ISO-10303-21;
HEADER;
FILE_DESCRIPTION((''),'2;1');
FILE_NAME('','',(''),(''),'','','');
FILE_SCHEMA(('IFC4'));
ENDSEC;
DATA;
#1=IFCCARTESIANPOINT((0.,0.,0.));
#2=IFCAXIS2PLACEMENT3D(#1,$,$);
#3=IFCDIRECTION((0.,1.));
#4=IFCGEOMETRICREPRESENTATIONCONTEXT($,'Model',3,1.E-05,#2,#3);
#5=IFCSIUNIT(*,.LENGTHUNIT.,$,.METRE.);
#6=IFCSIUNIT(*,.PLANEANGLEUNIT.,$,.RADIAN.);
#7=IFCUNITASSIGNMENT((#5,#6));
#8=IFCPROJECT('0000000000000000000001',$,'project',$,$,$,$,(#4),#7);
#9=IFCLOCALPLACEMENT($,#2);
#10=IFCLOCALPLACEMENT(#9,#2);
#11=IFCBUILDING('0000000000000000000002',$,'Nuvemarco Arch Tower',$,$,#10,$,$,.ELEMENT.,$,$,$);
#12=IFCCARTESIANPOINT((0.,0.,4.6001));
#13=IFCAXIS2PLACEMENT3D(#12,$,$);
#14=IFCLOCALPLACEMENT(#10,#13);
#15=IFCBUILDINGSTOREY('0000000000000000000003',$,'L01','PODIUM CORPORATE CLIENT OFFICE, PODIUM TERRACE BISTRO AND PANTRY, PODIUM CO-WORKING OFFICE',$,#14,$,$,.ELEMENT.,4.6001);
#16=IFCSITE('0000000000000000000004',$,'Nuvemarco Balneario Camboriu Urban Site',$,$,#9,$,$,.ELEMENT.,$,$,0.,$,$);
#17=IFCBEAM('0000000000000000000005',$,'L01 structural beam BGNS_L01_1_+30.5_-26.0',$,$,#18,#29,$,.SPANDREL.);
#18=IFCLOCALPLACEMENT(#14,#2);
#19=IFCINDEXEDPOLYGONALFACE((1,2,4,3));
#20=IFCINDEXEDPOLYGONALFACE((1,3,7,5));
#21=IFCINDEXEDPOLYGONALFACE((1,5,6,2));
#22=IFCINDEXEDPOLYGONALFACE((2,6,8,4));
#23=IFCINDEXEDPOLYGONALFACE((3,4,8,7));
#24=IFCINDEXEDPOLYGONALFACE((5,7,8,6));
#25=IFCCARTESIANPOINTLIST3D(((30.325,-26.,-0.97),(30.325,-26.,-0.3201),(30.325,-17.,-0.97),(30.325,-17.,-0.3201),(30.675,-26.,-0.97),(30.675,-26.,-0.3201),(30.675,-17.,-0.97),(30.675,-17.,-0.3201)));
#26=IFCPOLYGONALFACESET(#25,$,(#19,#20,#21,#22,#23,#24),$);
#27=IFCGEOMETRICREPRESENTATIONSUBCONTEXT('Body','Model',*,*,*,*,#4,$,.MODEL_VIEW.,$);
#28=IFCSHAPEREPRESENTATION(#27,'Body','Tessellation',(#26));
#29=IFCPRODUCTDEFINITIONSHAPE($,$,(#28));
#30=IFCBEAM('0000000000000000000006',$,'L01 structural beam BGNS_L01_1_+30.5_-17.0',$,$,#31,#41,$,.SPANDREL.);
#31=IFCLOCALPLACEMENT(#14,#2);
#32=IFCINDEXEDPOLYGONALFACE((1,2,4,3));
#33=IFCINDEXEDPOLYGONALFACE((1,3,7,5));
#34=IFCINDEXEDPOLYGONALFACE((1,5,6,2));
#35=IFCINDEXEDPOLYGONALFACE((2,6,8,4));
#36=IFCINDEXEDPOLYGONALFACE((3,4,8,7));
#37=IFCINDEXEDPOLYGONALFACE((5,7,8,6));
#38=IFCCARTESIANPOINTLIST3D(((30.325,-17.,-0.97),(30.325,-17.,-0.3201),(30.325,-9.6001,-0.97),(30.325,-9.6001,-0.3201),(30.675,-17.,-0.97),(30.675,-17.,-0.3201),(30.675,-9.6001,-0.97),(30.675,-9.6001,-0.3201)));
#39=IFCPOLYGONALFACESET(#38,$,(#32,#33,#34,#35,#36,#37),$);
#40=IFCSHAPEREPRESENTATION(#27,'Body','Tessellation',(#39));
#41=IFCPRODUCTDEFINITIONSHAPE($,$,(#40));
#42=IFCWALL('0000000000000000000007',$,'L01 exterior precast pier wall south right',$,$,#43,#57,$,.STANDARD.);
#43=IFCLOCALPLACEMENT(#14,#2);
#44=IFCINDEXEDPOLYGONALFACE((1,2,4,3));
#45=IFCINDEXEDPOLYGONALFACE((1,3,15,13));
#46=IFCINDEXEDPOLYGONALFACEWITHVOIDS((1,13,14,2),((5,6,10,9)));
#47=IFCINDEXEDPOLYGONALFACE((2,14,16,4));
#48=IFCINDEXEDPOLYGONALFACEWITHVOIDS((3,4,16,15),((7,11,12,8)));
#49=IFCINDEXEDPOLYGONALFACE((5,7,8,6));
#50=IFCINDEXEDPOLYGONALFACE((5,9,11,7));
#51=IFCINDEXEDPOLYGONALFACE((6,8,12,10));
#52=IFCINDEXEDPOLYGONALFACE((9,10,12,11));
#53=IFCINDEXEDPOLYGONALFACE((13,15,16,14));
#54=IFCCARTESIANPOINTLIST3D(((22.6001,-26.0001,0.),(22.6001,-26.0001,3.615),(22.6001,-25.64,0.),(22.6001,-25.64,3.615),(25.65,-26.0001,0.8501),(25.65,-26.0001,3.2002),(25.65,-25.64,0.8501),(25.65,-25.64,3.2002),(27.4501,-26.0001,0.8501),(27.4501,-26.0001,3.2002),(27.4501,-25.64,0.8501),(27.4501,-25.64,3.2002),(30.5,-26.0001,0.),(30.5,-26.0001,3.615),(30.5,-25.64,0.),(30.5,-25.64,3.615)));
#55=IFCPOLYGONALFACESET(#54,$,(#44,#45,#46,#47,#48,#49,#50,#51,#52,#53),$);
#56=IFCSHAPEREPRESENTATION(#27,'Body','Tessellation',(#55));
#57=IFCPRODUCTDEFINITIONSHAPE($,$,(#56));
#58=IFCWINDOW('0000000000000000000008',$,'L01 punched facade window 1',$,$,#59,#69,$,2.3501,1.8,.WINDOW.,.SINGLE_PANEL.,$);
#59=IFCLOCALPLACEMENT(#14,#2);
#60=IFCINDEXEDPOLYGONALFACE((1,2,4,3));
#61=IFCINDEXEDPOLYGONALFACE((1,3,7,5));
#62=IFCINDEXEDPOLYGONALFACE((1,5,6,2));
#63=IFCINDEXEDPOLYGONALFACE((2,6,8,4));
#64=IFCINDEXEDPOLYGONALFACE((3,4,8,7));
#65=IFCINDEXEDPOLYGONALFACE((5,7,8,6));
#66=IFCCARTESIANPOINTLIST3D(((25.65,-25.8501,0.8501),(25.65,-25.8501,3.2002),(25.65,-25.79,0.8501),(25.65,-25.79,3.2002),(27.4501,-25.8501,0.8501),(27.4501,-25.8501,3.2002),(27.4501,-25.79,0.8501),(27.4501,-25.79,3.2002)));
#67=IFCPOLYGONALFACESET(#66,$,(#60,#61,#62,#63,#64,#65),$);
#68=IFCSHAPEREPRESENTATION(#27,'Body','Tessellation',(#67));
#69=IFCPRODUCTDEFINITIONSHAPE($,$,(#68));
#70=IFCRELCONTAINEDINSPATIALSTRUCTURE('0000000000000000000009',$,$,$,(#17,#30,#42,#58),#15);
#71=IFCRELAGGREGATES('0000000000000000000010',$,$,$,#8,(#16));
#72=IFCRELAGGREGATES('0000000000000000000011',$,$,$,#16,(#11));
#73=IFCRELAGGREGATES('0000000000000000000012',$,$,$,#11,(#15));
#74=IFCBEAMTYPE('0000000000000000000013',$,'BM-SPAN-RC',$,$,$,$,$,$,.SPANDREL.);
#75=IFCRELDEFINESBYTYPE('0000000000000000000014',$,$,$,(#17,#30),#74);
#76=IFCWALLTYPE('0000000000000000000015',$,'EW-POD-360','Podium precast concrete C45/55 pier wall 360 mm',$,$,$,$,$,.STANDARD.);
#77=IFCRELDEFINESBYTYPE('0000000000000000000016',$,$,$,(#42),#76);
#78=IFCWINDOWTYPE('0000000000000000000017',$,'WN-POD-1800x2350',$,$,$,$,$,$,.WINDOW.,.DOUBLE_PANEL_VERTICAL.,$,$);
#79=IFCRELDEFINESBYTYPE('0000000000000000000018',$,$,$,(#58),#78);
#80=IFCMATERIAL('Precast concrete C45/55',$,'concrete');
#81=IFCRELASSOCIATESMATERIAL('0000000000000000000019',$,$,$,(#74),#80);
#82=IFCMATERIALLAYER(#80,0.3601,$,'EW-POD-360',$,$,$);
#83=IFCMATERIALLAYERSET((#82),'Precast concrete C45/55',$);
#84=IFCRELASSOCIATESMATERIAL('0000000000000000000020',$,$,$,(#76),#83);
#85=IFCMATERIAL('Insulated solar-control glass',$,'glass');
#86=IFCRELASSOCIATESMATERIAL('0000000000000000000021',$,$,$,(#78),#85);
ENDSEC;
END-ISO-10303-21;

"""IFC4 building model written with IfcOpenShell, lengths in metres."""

from ifc_helpers import new_model, si_unit, direction, frame, frame_2d, origin, origin_2d, place, context, subcontext, project, spatial, rectangle, extrude, source, transform, mapped, material, layer, layer_set, material_profile, profile_set, type_object, type_shapes, element, fill, save


model = new_model("IFC4")

# Units and contexts
model_context = context("Model", 3, precision=1e-05, world=origin(), true_north=direction((0.0, 1.0)))
body_context = subcontext(model_context, "Body", "Model", "MODEL_VIEW")
ifc_project = project(units=[si_unit("LENGTHUNIT", "METRE"), si_unit("PLANEANGLEUNIT", "RADIAN")], contexts=[model_context])

# Site, building, storey
site_placement = place(None, origin())
site = spatial("IfcSite", under=ifc_project, at=site_placement, Name="Nuvemarco Balneario Camboriu Urban Site", CompositionType="ELEMENT", RefElevation=0.0)
building_placement = place(site_placement, origin())
building = spatial("IfcBuilding", under=site, at=building_placement, Name="Nuvemarco Arch Tower", CompositionType="ELEMENT")
storey_placement = place(building_placement, frame((0.0, 0.0, 4.6001)))
storey = spatial("IfcBuildingStorey", under=building, at=storey_placement, Name="L01", Description="PODIUM CORPORATE CLIENT OFFICE, PODIUM TERRACE BISTRO AND PANTRY, PODIUM CO-WORKING OFFICE", CompositionType="ELEMENT", Elevation=4.6001)

# Beams
ifc_material_1 = material(Name="Precast concrete C45/55", Category="concrete")
ifc_material_profile_1 = material_profile(ifc_material_1, rectangle(XDim=0.3501, YDim=0.6499, at=origin_2d()), Name="PC-SP-350x650")
ifc_profile_set_1 = profile_set([ifc_material_profile_1], Name="Precast concrete C45/55")
beam_type_1 = type_object("IfcBeamType", Name="BM-SPAN-RC", PredefinedType="SPANDREL", material=ifc_profile_set_1)
beam_1_placement = place(storey_placement, frame((30.5, -26.0, -0.645), z_axis=(0.0, 1.0, 0.0), x_axis=(-1.0, 0.0, 0.0)))
element("IfcBeam", 1, at=beam_1_placement, inside=storey, type_object=beam_type_1, Name="L01 structural beam BGNS_L01_1_+30.5_-26.0", PredefinedType="SPANDREL", context=body_context, shape_type="SweptSolid", body=[
    extrude(rectangle(XDim=0.3501, YDim=0.6499, at=origin_2d()), origin(), (0.0, 0.0, 1.0), 9.0),
])
beam_2_placement = place(storey_placement, frame((30.5, -17.0, -0.645), z_axis=(0.0, 1.0, 0.0), x_axis=(-1.0, 0.0, 0.0)))
element("IfcBeam", 2, at=beam_2_placement, inside=storey, type_object=beam_type_1, Name="L01 structural beam BGNS_L01_1_+30.5_-17.0", PredefinedType="SPANDREL", context=body_context, shape_type="SweptSolid", body=[
    extrude(rectangle(XDim=0.3501, YDim=0.6499, at=origin_2d()), origin(), (0.0, 0.0, 1.0), 7.3999),
])

# Wall, opening, window
ifc_layer_1 = layer(ifc_material_1, 0.3601, Name="EW-POD-360")
ifc_layer_set_1 = layer_set([ifc_layer_1], Name="Precast concrete C45/55")
wall_type_1 = type_object("IfcWallType", Name="EW-POD-360", Description="Podium precast concrete C45/55 pier wall 360 mm", PredefinedType="STANDARD", material=ifc_layer_set_1)
wall_1_placement = place(storey_placement, frame((22.6001, -25.8201, 0.0), z_axis=(0.0, 0.0, 1.0), x_axis=(1.0, 0.0, 0.0)))
wall_1 = element("IfcWall", 3, at=wall_1_placement, inside=storey, type_object=wall_type_1, Name="L01 exterior precast pier wall south right", PredefinedType="STANDARD", context=body_context, shape_type="SweptSolid", body=[
    extrude(rectangle(XDim=7.8999, YDim=0.3601, at=frame_2d((3.95, 0.0))), origin(), (0.0, 0.0, 1.0), 3.615),
])
opening_1_placement = place(wall_1_placement, frame((3.05, 0.0, 0.8501)))
opening_1 = element("IfcOpeningElement", 4, at=opening_1_placement, cuts=wall_1, PredefinedType="OPENING", context=body_context, shape_type="SweptSolid", body=[
    extrude(rectangle(XDim=1.8, YDim=2.3501, at=frame_2d((0.8999, 1.175))), frame((0.0, 0.1899, 0.0), z_axis=(0.0, -1.0, 0.0), x_axis=(1.0, 0.0, 0.0)), (0.0, 0.0, 1.0), 0.3801),
])
ifc_material_2 = material(Name="Insulated solar-control glass", Category="glass")
window_type_1 = type_object("IfcWindowType", Name="WN-POD-1800x2350", PartitioningType="DOUBLE_PANEL_VERTICAL", PredefinedType="WINDOW", material=ifc_material_2)
shared_shape_1 = source(origin(), body_context, "Body", "SweptSolid", [
    extrude(rectangle(XDim=1.8, YDim=2.3501, at=frame_2d((0.8999, 1.175))), frame((0.0, 0.03, 0.0), z_axis=(0.0, -1.0, 0.0), x_axis=(1.0, 0.0, 0.0)), (0.0, 0.0, 1.0), 0.0601),
])
type_shapes(window_type_1, [shared_shape_1])
window_1_placement = place(opening_1_placement, origin())
window_1 = element("IfcWindow", 5, at=window_1_placement, inside=storey, type_object=window_type_1, Name="L01 punched facade window 1", OverallHeight=2.3501, OverallWidth=1.8, PartitioningType="SINGLE_PANEL", PredefinedType="WINDOW", context=body_context, shape_type="MappedRepresentation", body=[
    mapped(shared_shape_1, transform((0.0, 0.0, 0.0), scale=1.0)),
])
fill(opening_1, window_1)

save(model, "model.ifc")
